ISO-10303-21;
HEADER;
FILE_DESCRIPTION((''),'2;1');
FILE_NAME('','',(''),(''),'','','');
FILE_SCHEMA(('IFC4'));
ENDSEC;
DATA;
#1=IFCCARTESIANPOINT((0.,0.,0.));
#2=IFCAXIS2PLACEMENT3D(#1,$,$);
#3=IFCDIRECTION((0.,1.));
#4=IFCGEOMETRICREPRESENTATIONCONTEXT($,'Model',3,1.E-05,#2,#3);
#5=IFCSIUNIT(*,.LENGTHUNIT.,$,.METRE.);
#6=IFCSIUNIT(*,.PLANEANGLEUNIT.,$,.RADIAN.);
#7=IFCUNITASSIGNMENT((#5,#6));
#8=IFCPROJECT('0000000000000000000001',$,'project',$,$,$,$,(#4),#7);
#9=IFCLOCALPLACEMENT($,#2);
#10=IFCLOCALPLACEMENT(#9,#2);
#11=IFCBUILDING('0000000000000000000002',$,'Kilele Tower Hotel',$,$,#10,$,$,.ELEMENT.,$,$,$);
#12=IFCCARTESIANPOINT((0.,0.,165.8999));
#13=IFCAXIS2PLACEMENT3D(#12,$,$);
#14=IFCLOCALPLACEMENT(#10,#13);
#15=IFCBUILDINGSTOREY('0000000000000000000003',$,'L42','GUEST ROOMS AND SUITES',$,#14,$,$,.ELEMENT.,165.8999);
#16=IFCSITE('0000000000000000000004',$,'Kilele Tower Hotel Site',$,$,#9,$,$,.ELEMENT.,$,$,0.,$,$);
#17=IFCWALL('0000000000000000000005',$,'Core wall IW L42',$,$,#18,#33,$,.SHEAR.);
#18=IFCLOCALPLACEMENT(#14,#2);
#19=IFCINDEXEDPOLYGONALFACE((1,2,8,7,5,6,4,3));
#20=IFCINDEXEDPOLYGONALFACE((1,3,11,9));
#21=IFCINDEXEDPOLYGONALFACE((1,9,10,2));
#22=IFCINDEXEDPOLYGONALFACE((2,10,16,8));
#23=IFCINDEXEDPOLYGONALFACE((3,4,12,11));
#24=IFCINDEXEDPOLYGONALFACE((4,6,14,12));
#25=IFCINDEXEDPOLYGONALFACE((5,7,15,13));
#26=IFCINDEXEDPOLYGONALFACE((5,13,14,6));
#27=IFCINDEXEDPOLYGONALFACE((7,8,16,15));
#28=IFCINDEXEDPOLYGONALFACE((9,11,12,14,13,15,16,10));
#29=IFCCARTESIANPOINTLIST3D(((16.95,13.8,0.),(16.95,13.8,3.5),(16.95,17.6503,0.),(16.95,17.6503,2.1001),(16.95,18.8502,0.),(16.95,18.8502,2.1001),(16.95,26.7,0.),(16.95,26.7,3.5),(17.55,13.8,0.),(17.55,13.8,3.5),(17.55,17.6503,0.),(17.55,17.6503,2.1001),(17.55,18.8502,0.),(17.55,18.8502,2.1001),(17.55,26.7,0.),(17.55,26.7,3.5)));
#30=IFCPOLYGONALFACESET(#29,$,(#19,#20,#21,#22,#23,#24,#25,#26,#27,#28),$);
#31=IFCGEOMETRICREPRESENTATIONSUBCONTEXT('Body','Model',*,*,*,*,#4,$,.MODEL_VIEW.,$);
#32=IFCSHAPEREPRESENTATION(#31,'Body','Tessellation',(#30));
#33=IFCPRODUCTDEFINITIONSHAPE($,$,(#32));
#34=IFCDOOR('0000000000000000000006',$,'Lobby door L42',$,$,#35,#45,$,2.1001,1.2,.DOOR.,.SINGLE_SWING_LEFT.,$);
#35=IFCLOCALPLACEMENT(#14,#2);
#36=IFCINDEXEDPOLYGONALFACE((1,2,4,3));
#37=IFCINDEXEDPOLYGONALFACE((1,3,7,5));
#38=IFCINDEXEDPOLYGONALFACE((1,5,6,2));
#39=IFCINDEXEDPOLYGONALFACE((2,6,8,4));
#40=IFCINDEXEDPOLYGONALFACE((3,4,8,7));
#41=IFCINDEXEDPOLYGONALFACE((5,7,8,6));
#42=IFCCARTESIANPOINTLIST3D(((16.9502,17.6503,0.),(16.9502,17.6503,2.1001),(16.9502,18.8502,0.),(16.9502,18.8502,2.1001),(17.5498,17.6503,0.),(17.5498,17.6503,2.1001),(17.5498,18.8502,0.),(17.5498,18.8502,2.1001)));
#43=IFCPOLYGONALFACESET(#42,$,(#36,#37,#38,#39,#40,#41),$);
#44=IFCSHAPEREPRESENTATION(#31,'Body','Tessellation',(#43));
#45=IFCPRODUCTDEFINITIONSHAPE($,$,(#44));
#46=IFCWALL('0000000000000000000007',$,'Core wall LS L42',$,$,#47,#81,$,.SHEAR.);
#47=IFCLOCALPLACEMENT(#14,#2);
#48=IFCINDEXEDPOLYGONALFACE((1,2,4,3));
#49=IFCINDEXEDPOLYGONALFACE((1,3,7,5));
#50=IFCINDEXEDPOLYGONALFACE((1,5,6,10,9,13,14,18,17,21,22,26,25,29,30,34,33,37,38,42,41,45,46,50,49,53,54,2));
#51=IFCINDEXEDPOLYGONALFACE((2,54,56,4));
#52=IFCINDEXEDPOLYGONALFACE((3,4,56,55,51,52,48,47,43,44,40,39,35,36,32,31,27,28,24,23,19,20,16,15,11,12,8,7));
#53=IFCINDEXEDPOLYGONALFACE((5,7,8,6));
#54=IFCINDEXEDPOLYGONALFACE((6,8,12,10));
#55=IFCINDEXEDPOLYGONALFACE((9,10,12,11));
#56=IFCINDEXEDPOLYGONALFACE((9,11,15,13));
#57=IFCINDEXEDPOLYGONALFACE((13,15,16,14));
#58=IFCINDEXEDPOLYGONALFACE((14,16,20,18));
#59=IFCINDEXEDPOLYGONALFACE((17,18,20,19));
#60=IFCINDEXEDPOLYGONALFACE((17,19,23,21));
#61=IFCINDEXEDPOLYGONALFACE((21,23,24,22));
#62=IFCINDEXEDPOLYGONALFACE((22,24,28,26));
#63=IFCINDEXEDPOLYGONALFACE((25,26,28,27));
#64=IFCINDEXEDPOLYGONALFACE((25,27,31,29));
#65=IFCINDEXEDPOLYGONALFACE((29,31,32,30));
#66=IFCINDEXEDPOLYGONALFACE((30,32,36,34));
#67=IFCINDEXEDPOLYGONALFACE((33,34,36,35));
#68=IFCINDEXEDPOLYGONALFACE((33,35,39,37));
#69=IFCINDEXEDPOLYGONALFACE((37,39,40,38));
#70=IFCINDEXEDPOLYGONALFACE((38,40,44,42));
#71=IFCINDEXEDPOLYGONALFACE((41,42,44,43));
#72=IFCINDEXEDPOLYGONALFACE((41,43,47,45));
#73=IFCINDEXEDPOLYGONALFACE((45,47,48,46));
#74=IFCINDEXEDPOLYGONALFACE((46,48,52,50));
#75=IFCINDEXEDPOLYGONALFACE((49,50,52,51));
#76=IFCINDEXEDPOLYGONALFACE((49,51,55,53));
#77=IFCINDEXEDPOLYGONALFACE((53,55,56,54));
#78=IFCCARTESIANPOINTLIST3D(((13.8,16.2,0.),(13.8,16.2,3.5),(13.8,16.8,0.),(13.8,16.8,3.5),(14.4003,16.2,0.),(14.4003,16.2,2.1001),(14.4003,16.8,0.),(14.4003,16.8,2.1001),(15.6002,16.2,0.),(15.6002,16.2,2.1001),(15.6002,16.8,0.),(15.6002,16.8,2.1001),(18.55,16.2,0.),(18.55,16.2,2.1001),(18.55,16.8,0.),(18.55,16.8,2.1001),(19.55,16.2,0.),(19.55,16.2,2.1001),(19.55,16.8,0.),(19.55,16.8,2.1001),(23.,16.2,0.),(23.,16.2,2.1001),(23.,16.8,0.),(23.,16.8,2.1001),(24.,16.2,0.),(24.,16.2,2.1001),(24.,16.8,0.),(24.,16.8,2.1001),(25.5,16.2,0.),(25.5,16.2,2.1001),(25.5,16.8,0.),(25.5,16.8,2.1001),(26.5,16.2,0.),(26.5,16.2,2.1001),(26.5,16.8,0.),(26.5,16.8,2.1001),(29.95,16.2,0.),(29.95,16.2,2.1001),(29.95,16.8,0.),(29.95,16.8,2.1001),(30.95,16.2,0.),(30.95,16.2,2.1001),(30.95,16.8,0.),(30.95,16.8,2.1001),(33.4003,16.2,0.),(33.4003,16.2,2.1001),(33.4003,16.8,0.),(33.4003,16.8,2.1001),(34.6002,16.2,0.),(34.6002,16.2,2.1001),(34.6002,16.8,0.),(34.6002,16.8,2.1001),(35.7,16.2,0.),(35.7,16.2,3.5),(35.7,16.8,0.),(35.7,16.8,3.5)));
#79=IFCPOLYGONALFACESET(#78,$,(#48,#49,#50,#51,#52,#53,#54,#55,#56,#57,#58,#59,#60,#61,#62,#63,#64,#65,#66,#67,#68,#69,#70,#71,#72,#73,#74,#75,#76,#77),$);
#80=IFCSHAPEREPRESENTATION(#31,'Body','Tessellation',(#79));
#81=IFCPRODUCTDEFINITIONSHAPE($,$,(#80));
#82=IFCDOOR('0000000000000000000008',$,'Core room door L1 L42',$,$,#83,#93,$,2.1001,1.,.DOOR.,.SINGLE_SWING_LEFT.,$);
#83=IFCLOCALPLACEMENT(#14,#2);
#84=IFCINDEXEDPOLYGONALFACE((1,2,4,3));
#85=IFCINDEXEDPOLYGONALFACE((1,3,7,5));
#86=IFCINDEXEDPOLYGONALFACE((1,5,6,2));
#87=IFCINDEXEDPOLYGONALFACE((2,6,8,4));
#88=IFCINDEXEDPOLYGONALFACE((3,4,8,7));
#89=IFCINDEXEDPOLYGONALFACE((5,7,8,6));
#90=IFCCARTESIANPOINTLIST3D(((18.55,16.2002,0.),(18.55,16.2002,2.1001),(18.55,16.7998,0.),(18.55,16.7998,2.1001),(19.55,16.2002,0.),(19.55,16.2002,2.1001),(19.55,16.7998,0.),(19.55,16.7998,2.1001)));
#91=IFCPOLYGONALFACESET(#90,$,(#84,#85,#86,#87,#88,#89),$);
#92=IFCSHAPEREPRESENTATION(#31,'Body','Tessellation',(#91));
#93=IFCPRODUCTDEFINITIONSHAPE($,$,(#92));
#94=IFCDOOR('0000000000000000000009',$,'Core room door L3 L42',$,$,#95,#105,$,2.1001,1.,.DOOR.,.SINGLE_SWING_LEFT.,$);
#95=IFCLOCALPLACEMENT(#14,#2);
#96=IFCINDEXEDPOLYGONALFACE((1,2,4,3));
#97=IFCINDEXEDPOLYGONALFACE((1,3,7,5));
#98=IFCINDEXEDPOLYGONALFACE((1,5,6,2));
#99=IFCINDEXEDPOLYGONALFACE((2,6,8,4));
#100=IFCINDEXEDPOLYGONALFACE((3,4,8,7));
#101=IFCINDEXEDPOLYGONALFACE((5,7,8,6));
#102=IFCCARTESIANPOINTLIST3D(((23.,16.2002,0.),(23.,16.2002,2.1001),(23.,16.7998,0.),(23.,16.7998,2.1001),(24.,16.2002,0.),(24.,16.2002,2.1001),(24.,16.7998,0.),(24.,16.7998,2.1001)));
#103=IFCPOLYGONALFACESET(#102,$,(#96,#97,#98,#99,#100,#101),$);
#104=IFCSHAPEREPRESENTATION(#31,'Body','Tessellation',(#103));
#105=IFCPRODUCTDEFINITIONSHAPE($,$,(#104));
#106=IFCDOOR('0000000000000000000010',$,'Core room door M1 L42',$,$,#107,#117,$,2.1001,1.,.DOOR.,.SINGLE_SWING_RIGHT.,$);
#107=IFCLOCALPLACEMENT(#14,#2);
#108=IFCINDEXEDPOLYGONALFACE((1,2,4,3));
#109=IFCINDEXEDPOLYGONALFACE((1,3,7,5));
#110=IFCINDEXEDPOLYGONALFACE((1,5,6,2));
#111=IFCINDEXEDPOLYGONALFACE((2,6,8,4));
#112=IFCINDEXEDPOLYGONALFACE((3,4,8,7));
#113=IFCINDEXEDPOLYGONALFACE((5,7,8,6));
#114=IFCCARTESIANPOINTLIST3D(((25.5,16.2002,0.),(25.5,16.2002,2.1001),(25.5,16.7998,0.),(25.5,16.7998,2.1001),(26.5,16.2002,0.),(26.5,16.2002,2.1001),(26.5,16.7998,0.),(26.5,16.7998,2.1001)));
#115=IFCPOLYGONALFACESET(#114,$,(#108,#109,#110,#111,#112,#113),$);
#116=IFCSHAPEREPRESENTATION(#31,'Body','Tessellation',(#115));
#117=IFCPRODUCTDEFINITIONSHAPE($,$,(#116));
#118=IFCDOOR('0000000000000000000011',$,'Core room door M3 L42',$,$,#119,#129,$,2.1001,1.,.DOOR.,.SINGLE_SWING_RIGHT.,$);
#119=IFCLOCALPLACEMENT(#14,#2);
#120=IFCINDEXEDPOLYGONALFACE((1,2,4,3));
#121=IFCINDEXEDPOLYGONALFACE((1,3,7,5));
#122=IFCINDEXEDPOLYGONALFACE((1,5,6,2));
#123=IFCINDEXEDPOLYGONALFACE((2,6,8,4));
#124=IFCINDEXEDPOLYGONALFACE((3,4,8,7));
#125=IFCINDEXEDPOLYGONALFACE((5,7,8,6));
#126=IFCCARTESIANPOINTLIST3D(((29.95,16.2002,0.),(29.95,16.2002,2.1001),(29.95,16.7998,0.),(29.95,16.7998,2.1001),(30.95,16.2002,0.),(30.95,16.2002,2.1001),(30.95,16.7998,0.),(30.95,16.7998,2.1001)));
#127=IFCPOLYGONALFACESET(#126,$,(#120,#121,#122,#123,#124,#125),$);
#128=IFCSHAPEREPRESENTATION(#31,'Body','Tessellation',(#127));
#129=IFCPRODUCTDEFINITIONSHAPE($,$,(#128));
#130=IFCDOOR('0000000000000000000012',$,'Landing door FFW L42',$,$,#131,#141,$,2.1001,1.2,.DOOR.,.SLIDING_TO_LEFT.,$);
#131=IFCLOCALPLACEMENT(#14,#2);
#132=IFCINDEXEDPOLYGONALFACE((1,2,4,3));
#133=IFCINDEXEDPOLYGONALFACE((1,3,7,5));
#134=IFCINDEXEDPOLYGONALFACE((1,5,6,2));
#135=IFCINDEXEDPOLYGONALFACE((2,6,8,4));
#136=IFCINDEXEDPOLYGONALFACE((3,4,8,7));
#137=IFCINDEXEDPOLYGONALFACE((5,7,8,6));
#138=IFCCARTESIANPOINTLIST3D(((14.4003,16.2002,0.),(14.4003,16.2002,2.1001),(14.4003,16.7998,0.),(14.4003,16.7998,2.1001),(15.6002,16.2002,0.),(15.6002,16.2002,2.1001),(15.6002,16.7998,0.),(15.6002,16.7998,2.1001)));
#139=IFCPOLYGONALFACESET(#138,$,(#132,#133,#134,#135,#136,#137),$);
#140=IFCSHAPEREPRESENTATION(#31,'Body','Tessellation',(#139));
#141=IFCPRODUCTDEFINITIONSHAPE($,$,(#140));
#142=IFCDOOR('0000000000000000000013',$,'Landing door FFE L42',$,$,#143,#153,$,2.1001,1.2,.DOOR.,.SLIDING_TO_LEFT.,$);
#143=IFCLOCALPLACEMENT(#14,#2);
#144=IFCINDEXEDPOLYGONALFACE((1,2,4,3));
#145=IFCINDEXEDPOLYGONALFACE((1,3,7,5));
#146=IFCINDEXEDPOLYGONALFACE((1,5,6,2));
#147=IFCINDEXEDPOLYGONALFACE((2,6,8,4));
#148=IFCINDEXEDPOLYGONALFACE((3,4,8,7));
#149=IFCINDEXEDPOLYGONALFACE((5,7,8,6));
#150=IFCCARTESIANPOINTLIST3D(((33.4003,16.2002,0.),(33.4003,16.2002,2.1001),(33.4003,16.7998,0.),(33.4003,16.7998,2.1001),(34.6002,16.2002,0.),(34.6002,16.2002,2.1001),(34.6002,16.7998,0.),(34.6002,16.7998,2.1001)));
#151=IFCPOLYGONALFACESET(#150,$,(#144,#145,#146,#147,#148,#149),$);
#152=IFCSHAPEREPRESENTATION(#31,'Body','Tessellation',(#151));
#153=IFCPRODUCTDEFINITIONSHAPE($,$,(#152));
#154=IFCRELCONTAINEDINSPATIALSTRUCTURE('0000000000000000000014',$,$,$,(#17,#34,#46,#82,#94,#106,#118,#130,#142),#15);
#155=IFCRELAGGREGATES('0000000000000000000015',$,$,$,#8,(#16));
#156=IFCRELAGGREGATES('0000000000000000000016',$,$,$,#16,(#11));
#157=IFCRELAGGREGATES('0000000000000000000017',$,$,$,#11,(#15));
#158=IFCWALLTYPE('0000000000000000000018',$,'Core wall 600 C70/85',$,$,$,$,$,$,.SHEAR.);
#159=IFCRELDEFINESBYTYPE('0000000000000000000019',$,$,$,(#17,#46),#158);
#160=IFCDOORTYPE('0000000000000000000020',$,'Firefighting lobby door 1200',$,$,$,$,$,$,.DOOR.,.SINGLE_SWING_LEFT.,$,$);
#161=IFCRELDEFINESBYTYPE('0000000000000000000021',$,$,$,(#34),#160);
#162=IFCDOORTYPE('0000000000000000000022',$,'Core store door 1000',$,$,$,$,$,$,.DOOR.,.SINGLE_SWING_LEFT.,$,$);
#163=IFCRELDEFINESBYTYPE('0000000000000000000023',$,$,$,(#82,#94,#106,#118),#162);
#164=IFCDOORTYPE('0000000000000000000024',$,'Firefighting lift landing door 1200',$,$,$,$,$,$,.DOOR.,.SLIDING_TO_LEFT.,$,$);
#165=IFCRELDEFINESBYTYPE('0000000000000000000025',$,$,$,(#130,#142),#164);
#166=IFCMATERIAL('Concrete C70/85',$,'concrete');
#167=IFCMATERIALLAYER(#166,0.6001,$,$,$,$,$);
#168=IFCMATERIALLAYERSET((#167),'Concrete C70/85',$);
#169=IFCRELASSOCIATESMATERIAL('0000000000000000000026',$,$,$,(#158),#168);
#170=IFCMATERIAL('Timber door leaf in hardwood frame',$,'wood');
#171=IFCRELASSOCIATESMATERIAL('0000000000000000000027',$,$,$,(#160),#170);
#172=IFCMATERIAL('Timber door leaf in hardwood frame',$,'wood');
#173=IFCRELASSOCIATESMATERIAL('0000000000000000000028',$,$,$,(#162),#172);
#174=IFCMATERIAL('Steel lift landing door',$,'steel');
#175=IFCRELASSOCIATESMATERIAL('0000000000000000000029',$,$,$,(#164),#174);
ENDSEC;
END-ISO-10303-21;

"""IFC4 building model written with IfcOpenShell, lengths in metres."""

from ifc_helpers import new_model, si_unit, direction, frame, frame_2d, origin, place, context, subcontext, project, spatial, rectangle, extrude, material, layer, layer_set, type_object, element, fill, save


model = new_model("IFC4")

# Units and contexts
model_context = context("Model", 3, precision=1e-05, world=origin(), true_north=direction((0.0, 1.0)))
body_context = subcontext(model_context, "Body", "Model", "MODEL_VIEW")
ifc_project = project(units=[si_unit("LENGTHUNIT", "METRE"), si_unit("PLANEANGLEUNIT", "RADIAN")], contexts=[model_context])

# Site, building, storey
site_placement = place(None, origin())
site = spatial("IfcSite", under=ifc_project, at=site_placement, Name="Kilele Tower Hotel Site", CompositionType="ELEMENT", RefElevation=0.0)
building_placement = place(site_placement, origin())
building = spatial("IfcBuilding", under=site, at=building_placement, Name="Kilele Tower Hotel", CompositionType="ELEMENT")
storey_placement = place(building_placement, frame((0.0, 0.0, 165.8999)))
storey = spatial("IfcBuildingStorey", under=building, at=storey_placement, Name="L42", Description="GUEST ROOMS AND SUITES", CompositionType="ELEMENT", Elevation=165.8999)

# Wall, opening, door
ifc_material_1 = material(Name="Concrete C70/85", Category="concrete")
ifc_layer_1 = layer(ifc_material_1, 0.6001)
ifc_layer_set_1 = layer_set([ifc_layer_1], Name="Concrete C70/85")
wall_type_1 = type_object("IfcWallType", Name="Core wall 600 C70/85", PredefinedType="SHEAR", material=ifc_layer_set_1)
wall_1_placement = place(storey_placement, frame((17.25, 13.8, 0.0), z_axis=(0.0, 0.0, 1.0), x_axis=(0.0, 1.0, 0.0)))
wall_1 = element("IfcWall", 1, at=wall_1_placement, inside=storey, type_object=wall_type_1, Name="Core wall IW L42", PredefinedType="SHEAR", context=body_context, shape_type="SweptSolid", body=[
    extrude(rectangle(XDim=12.8999, YDim=0.6001, at=frame_2d((6.45, 0.0))), origin(), (0.0, 0.0, 1.0), 3.5),
])
opening_1_placement = place(wall_1_placement, frame((3.8501, 0.0, 0.0)))
opening_1 = element("IfcOpeningElement", 2, at=opening_1_placement, cuts=wall_1, PredefinedType="OPENING", context=body_context, shape_type="SweptSolid", body=[
    extrude(rectangle(XDim=1.2, YDim=2.1001, at=frame_2d((0.6001, 1.05))), frame((0.0, 0.3101, 0.0), z_axis=(0.0, -1.0, 0.0), x_axis=(1.0, 0.0, 0.0)), (0.0, 0.0, 1.0), 0.6201),
])
ifc_material_2 = material(Name="Timber door leaf in hardwood frame", Category="wood")
door_type_1 = type_object("IfcDoorType", Name="Firefighting lobby door 1200", OperationType="SINGLE_SWING_LEFT", PredefinedType="DOOR", material=ifc_material_2)
door_1_placement = place(opening_1_placement, origin())
door_1 = element("IfcDoor", 3, at=door_1_placement, inside=storey, type_object=door_type_1, Name="Lobby door L42", OperationType="SINGLE_SWING_LEFT", OverallHeight=2.1001, OverallWidth=1.2, PredefinedType="DOOR", context=body_context, shape_type="SweptSolid", body=[
    extrude(rectangle(XDim=1.2, YDim=2.1001, at=frame_2d((0.6001, 1.05))), frame((0.0, 0.2998, 0.0), z_axis=(0.0, -1.0, 0.0), x_axis=(1.0, 0.0, 0.0)), (0.0, 0.0, 1.0), 0.5996),
])
fill(opening_1, door_1)

# Wall, openings, doors
wall_2_placement = place(storey_placement, frame((13.8, 16.5, 0.0), z_axis=(0.0, 0.0, 1.0), x_axis=(1.0, 0.0, 0.0)))
wall_2 = element("IfcWall", 4, at=wall_2_placement, inside=storey, type_object=wall_type_1, Name="Core wall LS L42", PredefinedType="SHEAR", context=body_context, shape_type="SweptSolid", body=[
    extrude(rectangle(XDim=21.8999, YDim=0.6001, at=frame_2d((10.95, 0.0))), origin(), (0.0, 0.0, 1.0), 3.5),
])
opening_2_placement = place(wall_2_placement, frame((5.75, 0.0, 0.0), z_axis=(0.0, 0.0, 1.0), x_axis=(-1.0, 0.0, 0.0)))
opening_2 = element("IfcOpeningElement", 5, at=opening_2_placement, cuts=wall_2, PredefinedType="OPENING", context=body_context, shape_type="SweptSolid", body=[
    extrude(rectangle(XDim=1.0, YDim=2.1001, at=frame_2d((0.5, 1.05))), frame((0.0, 0.3101, 0.0), z_axis=(0.0, -1.0, 0.0), x_axis=(1.0, 0.0, 0.0)), (0.0, 0.0, 1.0), 0.6201),
])
opening_3_placement = place(wall_2_placement, frame((10.2, 0.0, 0.0), z_axis=(0.0, 0.0, 1.0), x_axis=(-1.0, 0.0, 0.0)))
opening_3 = element("IfcOpeningElement", 6, at=opening_3_placement, cuts=wall_2, PredefinedType="OPENING", context=body_context, shape_type="SweptSolid", body=[
    extrude(rectangle(XDim=1.0, YDim=2.1001, at=frame_2d((0.5, 1.05))), frame((0.0, 0.3101, 0.0), z_axis=(0.0, -1.0, 0.0), x_axis=(1.0, 0.0, 0.0)), (0.0, 0.0, 1.0), 0.6201),
])
opening_4_placement = place(wall_2_placement, frame((12.7, 0.0, 0.0), z_axis=(0.0, 0.0, 1.0), x_axis=(-1.0, 0.0, 0.0)))
opening_4 = element("IfcOpeningElement", 7, at=opening_4_placement, cuts=wall_2, PredefinedType="OPENING", context=body_context, shape_type="SweptSolid", body=[
    extrude(rectangle(XDim=1.0, YDim=2.1001, at=frame_2d((0.5, 1.05))), frame((0.0, 0.3101, 0.0), z_axis=(0.0, -1.0, 0.0), x_axis=(1.0, 0.0, 0.0)), (0.0, 0.0, 1.0), 0.6201),
])
opening_5_placement = place(wall_2_placement, frame((17.1499, 0.0, 0.0), z_axis=(0.0, 0.0, 1.0), x_axis=(-1.0, 0.0, 0.0)))
opening_5 = element("IfcOpeningElement", 8, at=opening_5_placement, cuts=wall_2, PredefinedType="OPENING", context=body_context, shape_type="SweptSolid", body=[
    extrude(rectangle(XDim=1.0, YDim=2.1001, at=frame_2d((0.5, 1.05))), frame((0.0, 0.3101, 0.0), z_axis=(0.0, -1.0, 0.0), x_axis=(1.0, 0.0, 0.0)), (0.0, 0.0, 1.0), 0.6201),
])
opening_6_placement = place(wall_2_placement, frame((0.6001, 0.0, 0.0)))
opening_6 = element("IfcOpeningElement", 9, at=opening_6_placement, cuts=wall_2, PredefinedType="OPENING", context=body_context, shape_type="SweptSolid", body=[
    extrude(rectangle(XDim=1.2, YDim=2.1001, at=frame_2d((0.6001, 1.05))), frame((0.0, 0.3101, 0.0), z_axis=(0.0, -1.0, 0.0), x_axis=(1.0, 0.0, 0.0)), (0.0, 0.0, 1.0), 0.6201),
])
opening_7_placement = place(wall_2_placement, frame((19.6001, 0.0, 0.0)))
opening_7 = element("IfcOpeningElement", 10, at=opening_7_placement, cuts=wall_2, PredefinedType="OPENING", context=body_context, shape_type="SweptSolid", body=[
    extrude(rectangle(XDim=1.2, YDim=2.1001, at=frame_2d((0.6001, 1.05))), frame((0.0, 0.3101, 0.0), z_axis=(0.0, -1.0, 0.0), x_axis=(1.0, 0.0, 0.0)), (0.0, 0.0, 1.0), 0.6201),
])
ifc_material_3 = material(Name="Timber door leaf in hardwood frame", Category="wood")
door_type_2 = type_object("IfcDoorType", Name="Core store door 1000", OperationType="SINGLE_SWING_LEFT", PredefinedType="DOOR", material=ifc_material_3)
door_2_placement = place(opening_2_placement, origin())
door_2 = element("IfcDoor", 11, at=door_2_placement, inside=storey, type_object=door_type_2, Name="Core room door L1 L42", OperationType="SINGLE_SWING_LEFT", OverallHeight=2.1001, OverallWidth=1.0, PredefinedType="DOOR", context=body_context, shape_type="SweptSolid", body=[
    extrude(rectangle(XDim=1.0, YDim=2.1001, at=frame_2d((0.5, 1.05))), frame((0.0, 0.2998, 0.0), z_axis=(0.0, -1.0, 0.0), x_axis=(1.0, 0.0, 0.0)), (0.0, 0.0, 1.0), 0.5996),
])
fill(opening_2, door_2)
door_3_placement = place(opening_3_placement, origin())
door_3 = element("IfcDoor", 12, at=door_3_placement, inside=storey, type_object=door_type_2, Name="Core room door L3 L42", OperationType="SINGLE_SWING_LEFT", OverallHeight=2.1001, OverallWidth=1.0, PredefinedType="DOOR", context=body_context, shape_type="SweptSolid", body=[
    extrude(rectangle(XDim=1.0, YDim=2.1001, at=frame_2d((0.5, 1.05))), frame((0.0, 0.2998, 0.0), z_axis=(0.0, -1.0, 0.0), x_axis=(1.0, 0.0, 0.0)), (0.0, 0.0, 1.0), 0.5996),
])
fill(opening_3, door_3)
door_4_placement = place(opening_4_placement, origin())
door_4 = element("IfcDoor", 13, at=door_4_placement, inside=storey, type_object=door_type_2, Name="Core room door M1 L42", OperationType="SINGLE_SWING_RIGHT", OverallHeight=2.1001, OverallWidth=1.0, PredefinedType="DOOR", context=body_context, shape_type="SweptSolid", body=[
    extrude(rectangle(XDim=1.0, YDim=2.1001, at=frame_2d((0.5, 1.05))), frame((0.0, 0.2998, 0.0), z_axis=(0.0, -1.0, 0.0), x_axis=(1.0, 0.0, 0.0)), (0.0, 0.0, 1.0), 0.5996),
])
fill(opening_4, door_4)
door_5_placement = place(opening_5_placement, origin())
door_5 = element("IfcDoor", 14, at=door_5_placement, inside=storey, type_object=door_type_2, Name="Core room door M3 L42", OperationType="SINGLE_SWING_RIGHT", OverallHeight=2.1001, OverallWidth=1.0, PredefinedType="DOOR", context=body_context, shape_type="SweptSolid", body=[
    extrude(rectangle(XDim=1.0, YDim=2.1001, at=frame_2d((0.5, 1.05))), frame((0.0, 0.2998, 0.0), z_axis=(0.0, -1.0, 0.0), x_axis=(1.0, 0.0, 0.0)), (0.0, 0.0, 1.0), 0.5996),
])
fill(opening_5, door_5)
ifc_material_4 = material(Name="Steel lift landing door", Category="steel")
door_type_3 = type_object("IfcDoorType", Name="Firefighting lift landing door 1200", OperationType="SLIDING_TO_LEFT", PredefinedType="DOOR", material=ifc_material_4)
door_6_placement = place(opening_6_placement, origin())
door_6 = element("IfcDoor", 15, at=door_6_placement, inside=storey, type_object=door_type_3, Name="Landing door FFW L42", OperationType="SLIDING_TO_LEFT", OverallHeight=2.1001, OverallWidth=1.2, PredefinedType="DOOR", context=body_context, shape_type="SweptSolid", body=[
    extrude(rectangle(XDim=1.2, YDim=2.1001, at=frame_2d((0.6001, 1.05))), frame((0.0, 0.2998, 0.0), z_axis=(0.0, -1.0, 0.0), x_axis=(1.0, 0.0, 0.0)), (0.0, 0.0, 1.0), 0.5996),
])
fill(opening_6, door_6)
door_7_placement = place(opening_7_placement, origin())
door_7 = element("IfcDoor", 16, at=door_7_placement, inside=storey, type_object=door_type_3, Name="Landing door FFE L42", OperationType="SLIDING_TO_LEFT", OverallHeight=2.1001, OverallWidth=1.2, PredefinedType="DOOR", context=body_context, shape_type="SweptSolid", body=[
    extrude(rectangle(XDim=1.2, YDim=2.1001, at=frame_2d((0.6001, 1.05))), frame((0.0, 0.2998, 0.0), z_axis=(0.0, -1.0, 0.0), x_axis=(1.0, 0.0, 0.0)), (0.0, 0.0, 1.0), 0.5996),
])
fill(opening_7, door_7)

save(model, "model.ifc")
